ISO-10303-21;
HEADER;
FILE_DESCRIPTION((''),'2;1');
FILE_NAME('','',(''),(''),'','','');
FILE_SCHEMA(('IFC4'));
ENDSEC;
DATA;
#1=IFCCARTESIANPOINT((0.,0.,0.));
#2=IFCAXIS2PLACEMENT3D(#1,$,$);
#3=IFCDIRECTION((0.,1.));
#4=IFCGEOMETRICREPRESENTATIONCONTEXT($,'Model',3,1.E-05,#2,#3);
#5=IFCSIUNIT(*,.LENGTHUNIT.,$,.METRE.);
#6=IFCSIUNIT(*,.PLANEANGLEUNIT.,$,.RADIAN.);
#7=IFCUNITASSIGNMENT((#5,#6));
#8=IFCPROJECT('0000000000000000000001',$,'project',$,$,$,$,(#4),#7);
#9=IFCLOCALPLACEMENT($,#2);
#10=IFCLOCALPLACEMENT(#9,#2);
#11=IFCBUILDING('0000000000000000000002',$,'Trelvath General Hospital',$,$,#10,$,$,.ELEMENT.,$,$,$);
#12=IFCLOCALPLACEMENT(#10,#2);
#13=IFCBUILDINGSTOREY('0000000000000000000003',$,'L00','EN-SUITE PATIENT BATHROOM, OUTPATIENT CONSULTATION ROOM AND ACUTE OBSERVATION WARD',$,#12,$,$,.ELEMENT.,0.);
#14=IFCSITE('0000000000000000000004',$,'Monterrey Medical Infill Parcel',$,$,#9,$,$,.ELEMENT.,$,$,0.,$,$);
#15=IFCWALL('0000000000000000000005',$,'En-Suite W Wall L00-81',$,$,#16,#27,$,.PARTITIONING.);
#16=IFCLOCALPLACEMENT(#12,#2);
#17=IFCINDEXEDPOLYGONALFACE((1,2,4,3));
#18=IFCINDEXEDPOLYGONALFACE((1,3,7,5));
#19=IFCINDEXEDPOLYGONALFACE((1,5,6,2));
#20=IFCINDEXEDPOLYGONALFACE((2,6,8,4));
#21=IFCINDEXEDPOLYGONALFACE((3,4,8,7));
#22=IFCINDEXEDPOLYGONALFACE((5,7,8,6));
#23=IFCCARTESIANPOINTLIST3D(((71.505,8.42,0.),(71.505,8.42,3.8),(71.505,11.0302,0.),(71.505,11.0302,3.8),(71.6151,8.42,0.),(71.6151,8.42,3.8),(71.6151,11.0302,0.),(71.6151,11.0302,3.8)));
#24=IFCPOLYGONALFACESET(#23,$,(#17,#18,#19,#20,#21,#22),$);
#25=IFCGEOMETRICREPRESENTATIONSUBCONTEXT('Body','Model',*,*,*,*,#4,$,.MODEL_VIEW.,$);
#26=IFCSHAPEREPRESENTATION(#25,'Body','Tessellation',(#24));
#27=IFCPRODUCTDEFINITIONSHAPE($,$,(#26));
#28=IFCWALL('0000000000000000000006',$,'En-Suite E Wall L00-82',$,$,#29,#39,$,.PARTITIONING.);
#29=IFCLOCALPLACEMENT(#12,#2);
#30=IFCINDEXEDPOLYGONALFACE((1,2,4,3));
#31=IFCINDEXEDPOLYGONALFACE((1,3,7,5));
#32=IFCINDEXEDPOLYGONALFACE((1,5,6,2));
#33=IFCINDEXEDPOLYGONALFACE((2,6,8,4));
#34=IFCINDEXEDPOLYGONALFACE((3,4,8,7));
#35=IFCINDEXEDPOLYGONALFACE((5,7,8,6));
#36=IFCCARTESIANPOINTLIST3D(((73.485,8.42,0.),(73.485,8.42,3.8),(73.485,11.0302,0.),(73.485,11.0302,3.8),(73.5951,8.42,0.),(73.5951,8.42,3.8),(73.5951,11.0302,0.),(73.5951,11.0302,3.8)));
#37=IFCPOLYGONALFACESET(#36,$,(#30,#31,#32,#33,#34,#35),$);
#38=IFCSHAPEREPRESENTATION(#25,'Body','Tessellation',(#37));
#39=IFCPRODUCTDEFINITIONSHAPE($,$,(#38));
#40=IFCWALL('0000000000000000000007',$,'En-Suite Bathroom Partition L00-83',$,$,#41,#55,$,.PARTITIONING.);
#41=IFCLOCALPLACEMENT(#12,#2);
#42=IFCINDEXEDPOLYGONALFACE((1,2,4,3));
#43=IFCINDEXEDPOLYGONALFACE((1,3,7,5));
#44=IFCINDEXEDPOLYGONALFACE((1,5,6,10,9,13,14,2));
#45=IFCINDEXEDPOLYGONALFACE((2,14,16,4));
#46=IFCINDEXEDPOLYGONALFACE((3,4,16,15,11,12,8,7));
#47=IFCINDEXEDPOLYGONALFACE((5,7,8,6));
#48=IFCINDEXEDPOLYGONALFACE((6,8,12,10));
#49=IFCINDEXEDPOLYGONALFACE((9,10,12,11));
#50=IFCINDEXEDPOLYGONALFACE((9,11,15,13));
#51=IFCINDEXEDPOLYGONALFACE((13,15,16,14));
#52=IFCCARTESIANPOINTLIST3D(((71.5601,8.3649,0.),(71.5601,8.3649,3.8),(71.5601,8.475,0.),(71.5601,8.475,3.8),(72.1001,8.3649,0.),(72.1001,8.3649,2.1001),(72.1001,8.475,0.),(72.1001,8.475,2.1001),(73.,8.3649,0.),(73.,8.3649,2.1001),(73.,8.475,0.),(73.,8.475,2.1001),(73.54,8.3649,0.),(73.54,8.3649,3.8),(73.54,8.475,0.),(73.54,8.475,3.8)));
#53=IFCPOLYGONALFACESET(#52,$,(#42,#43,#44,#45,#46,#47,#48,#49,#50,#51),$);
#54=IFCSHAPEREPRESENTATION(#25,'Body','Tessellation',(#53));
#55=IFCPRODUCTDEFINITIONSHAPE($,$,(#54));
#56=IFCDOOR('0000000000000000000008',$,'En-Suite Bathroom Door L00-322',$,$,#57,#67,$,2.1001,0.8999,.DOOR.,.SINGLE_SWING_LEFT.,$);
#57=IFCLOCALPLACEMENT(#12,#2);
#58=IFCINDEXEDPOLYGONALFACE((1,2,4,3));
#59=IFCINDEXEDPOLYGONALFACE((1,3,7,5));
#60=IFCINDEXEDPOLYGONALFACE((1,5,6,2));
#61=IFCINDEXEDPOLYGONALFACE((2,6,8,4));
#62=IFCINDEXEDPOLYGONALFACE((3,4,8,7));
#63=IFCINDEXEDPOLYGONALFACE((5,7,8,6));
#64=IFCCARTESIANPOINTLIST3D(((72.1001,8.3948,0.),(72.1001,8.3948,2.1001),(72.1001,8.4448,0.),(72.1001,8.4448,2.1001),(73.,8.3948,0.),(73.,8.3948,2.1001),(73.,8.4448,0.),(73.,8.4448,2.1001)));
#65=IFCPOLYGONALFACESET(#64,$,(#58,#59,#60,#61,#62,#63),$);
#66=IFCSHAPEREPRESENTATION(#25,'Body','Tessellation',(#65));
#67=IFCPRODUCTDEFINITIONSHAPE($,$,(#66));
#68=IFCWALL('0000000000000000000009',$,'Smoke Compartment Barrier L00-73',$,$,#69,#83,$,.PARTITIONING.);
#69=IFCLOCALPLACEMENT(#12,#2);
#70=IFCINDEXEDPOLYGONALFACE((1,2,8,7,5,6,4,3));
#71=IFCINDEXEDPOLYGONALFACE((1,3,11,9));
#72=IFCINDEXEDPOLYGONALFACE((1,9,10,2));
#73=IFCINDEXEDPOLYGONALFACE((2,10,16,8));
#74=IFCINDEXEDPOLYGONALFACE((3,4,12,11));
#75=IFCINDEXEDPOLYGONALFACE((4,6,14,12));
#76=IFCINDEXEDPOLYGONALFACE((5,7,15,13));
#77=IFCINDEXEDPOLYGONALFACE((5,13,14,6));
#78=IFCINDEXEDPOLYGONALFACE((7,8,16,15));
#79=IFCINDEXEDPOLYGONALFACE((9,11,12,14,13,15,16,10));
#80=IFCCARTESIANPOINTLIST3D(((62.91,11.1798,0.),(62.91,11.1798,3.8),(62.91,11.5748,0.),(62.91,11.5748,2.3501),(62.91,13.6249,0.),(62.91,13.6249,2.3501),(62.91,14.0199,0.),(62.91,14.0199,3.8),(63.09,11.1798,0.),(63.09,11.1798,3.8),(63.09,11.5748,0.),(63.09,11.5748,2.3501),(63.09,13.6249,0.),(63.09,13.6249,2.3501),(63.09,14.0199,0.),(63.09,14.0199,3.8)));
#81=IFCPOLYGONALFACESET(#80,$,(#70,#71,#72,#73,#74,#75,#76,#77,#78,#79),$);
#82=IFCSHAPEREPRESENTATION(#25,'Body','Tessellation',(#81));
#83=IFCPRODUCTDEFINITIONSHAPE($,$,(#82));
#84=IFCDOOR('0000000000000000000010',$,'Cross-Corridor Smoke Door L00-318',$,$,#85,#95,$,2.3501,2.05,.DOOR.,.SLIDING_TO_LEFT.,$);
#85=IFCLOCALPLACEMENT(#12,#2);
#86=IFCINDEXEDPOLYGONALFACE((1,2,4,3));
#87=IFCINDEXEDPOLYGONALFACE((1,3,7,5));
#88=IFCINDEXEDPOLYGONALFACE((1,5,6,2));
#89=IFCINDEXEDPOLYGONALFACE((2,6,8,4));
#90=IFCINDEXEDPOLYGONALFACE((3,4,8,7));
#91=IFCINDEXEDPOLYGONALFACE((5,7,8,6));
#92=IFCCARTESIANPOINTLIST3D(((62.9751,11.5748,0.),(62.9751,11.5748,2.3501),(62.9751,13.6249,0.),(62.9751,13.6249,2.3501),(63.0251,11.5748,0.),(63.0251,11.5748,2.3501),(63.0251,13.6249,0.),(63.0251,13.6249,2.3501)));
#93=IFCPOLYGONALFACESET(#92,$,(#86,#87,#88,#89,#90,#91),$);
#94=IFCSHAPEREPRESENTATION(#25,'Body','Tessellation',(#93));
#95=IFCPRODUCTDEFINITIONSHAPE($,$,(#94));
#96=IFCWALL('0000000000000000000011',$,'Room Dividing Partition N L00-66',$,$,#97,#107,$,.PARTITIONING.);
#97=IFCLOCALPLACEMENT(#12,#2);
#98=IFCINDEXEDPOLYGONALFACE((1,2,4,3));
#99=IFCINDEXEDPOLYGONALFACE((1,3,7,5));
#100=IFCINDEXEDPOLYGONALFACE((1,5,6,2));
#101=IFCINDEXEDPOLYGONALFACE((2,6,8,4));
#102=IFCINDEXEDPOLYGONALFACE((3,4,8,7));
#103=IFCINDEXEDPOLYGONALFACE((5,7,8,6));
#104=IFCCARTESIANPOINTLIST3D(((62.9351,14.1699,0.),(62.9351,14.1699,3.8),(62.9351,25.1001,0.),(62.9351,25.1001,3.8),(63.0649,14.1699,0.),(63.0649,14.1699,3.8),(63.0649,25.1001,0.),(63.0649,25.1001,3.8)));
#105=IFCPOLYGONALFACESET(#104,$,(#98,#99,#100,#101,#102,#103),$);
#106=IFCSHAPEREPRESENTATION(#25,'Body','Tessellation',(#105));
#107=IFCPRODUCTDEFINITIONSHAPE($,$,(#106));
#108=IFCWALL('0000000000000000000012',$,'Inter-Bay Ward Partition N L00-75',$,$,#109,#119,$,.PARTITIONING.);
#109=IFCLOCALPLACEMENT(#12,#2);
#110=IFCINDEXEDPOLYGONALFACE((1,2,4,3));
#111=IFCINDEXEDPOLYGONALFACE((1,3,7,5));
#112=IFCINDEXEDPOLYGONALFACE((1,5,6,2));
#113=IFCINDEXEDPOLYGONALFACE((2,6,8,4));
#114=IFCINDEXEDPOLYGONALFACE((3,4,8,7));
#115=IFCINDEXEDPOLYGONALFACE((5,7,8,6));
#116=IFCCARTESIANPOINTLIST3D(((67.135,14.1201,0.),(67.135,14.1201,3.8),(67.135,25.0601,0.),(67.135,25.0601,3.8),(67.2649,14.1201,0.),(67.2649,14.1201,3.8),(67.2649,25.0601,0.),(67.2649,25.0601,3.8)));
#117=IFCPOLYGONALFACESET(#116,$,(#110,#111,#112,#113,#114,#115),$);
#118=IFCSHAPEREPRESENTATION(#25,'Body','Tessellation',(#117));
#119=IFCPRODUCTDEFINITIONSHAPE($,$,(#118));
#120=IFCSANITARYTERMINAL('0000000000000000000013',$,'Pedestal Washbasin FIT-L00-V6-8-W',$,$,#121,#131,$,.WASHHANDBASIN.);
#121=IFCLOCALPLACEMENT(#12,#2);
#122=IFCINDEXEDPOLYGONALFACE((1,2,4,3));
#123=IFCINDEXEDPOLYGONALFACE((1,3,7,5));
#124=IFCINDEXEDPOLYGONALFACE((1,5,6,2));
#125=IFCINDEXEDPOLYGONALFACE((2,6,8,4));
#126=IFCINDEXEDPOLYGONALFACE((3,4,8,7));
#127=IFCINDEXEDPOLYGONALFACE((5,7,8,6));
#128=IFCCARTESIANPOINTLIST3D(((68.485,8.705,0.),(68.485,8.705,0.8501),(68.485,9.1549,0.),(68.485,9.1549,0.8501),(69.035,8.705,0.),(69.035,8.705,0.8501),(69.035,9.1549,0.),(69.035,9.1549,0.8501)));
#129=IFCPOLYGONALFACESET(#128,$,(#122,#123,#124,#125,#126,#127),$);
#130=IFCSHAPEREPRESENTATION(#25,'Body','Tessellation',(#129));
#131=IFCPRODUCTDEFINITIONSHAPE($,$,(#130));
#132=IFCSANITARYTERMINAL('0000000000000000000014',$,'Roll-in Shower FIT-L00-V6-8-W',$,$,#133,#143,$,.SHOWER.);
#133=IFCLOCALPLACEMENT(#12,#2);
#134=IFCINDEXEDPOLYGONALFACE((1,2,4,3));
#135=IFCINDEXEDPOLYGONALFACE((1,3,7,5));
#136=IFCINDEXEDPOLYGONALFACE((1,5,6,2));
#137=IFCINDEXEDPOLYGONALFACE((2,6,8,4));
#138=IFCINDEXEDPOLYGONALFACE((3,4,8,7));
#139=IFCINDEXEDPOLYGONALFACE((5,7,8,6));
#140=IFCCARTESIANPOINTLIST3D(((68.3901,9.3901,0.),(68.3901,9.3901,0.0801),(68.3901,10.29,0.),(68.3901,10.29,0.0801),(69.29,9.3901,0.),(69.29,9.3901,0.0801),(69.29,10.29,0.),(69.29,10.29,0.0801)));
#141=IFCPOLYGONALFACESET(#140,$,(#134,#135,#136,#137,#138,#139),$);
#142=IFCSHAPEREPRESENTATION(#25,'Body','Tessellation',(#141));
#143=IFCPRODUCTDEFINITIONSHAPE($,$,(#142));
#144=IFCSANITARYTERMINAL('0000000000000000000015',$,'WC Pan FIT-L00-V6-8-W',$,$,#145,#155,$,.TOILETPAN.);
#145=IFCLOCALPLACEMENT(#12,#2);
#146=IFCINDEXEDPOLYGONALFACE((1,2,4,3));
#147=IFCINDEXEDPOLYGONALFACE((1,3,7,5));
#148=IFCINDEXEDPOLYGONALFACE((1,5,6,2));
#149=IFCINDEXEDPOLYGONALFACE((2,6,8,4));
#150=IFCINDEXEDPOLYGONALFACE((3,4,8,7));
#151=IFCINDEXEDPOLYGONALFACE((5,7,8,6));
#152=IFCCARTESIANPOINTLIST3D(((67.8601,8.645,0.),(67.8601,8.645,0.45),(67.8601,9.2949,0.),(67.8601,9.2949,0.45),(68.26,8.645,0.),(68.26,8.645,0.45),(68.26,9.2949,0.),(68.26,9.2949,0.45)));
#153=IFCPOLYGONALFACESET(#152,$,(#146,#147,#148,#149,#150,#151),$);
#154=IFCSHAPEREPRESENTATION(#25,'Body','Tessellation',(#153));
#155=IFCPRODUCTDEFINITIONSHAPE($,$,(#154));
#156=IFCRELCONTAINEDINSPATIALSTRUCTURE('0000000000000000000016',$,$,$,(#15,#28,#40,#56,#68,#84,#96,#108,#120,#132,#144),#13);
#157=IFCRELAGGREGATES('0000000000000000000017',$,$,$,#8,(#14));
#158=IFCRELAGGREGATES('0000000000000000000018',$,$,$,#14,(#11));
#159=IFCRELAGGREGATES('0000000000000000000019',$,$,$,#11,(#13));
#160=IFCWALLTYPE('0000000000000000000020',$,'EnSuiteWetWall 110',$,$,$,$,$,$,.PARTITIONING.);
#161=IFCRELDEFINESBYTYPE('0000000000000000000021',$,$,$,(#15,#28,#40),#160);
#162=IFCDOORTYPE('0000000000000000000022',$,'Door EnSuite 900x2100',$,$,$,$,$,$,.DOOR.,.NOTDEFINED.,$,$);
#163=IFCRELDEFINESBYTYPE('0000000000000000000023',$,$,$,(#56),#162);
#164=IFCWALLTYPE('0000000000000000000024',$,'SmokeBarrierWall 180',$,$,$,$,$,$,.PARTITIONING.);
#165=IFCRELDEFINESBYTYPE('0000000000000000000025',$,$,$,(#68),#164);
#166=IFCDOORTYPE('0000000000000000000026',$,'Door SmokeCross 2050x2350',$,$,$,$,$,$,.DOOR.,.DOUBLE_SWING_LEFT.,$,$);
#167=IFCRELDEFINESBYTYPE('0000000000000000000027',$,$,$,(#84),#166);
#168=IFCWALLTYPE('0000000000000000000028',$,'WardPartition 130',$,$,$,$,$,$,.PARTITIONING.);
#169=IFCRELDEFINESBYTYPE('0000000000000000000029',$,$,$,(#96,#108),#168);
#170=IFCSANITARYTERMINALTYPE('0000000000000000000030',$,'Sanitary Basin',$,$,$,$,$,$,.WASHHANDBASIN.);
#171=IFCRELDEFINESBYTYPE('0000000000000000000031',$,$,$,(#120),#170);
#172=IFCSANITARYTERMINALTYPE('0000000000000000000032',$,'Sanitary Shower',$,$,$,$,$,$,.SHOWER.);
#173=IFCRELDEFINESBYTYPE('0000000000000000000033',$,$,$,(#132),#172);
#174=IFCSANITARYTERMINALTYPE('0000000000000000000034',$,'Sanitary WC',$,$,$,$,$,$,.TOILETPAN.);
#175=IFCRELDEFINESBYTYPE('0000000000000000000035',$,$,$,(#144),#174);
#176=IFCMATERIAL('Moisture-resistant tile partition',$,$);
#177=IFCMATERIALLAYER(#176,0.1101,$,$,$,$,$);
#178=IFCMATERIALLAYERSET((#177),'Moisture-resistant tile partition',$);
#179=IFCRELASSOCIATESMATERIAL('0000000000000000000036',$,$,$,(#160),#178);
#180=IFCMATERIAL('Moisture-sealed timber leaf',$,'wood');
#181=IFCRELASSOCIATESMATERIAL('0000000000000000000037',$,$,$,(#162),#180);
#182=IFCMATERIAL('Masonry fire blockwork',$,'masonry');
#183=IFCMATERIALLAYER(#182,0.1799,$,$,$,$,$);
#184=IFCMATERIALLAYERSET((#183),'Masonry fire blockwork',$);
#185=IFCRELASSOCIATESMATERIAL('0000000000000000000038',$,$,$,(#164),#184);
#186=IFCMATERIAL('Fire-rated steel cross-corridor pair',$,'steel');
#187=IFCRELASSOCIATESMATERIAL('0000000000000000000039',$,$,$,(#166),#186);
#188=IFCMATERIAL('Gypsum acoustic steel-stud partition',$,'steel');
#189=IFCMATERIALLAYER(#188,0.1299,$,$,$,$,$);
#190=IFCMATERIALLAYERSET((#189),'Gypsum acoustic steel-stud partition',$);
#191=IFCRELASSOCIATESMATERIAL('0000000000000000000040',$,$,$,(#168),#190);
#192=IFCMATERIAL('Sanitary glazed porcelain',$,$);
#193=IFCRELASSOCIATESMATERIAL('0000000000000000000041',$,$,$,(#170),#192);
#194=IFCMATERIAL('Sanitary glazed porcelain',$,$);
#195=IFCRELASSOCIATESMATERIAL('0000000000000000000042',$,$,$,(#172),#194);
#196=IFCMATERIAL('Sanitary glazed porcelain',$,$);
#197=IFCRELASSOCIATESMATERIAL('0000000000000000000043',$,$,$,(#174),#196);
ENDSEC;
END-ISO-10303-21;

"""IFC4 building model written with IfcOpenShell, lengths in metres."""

from ifc_helpers import new_model, si_unit, direction, frame, frame_2d, origin, origin_2d, place, context, subcontext, project, spatial, rectangle, extrude, material, layer, layer_set, type_object, element, fill, save


model = new_model("IFC4")

# Units and contexts
model_context = context("Model", 3, precision=1e-05, world=origin(), true_north=direction((0.0, 1.0)))
body_context = subcontext(model_context, "Body", "Model", "MODEL_VIEW")
ifc_project = project(units=[si_unit("LENGTHUNIT", "METRE"), si_unit("PLANEANGLEUNIT", "RADIAN")], contexts=[model_context])

# Site, building, storey
site_placement = place(None, origin())
site = spatial("IfcSite", under=ifc_project, at=site_placement, Name="Monterrey Medical Infill Parcel", CompositionType="ELEMENT", RefElevation=0.0)
building_placement = place(site_placement, origin())
building = spatial("IfcBuilding", under=site, at=building_placement, Name="Trelvath General Hospital", CompositionType="ELEMENT")
storey_placement = place(building_placement, origin())
storey = spatial("IfcBuildingStorey", under=building, at=storey_placement, Name="L00", Description="EN-SUITE PATIENT BATHROOM, OUTPATIENT CONSULTATION ROOM AND ACUTE OBSERVATION WARD", CompositionType="ELEMENT", Elevation=0.0)

# Shared definitions
ifc_material_1 = material(Name="Moisture-resistant tile partition")
ifc_layer_1 = layer(ifc_material_1, 0.1101)
ifc_layer_set_1 = layer_set([ifc_layer_1], Name="Moisture-resistant tile partition")
wall_type_1 = type_object("IfcWallType", Name="EnSuiteWetWall 110", PredefinedType="PARTITIONING", material=ifc_layer_set_1)

# Shared definitions
ifc_material_2 = material(Name="Moisture-sealed timber leaf", Category="wood")
door_type_1 = type_object("IfcDoorType", Name="Door EnSuite 900x2100", OperationType="NOTDEFINED", PredefinedType="DOOR", material=ifc_material_2)

# Walls
for number, where, z_axis, x_axis, name in (
    (1, (71.5601, 8.4199, 0.0), (0.0, 0.0, 1.0), (0.0, 1.0, 0.0), "En-Suite W Wall L00-81"),
    (2, (73.54, 8.4199, 0.0), (0.0, 0.0, 1.0), (0.0, 1.0, 0.0), "En-Suite E Wall L00-82"),
):
    element("IfcWall", number, at=place(storey_placement, frame(where, z_axis=z_axis, x_axis=x_axis)), inside=storey, type_object=wall_type_1, Name=name, PredefinedType="PARTITIONING", context=body_context, shape_type="SweptSolid", body=[
        extrude(rectangle(XDim=2.6101, YDim=0.1101, at=frame_2d((1.3052, 0.0))), origin(), (0.0, 0.0, 1.0), 3.8),
    ])

# Walls, openings, doors
wall_1_placement = place(storey_placement, frame((71.5601, 8.4199, 0.0), z_axis=(0.0, 0.0, 1.0), x_axis=(1.0, 0.0, 0.0)))
wall_1 = element("IfcWall", 3, at=wall_1_placement, inside=storey, type_object=wall_type_1, Name="En-Suite Bathroom Partition L00-83", PredefinedType="PARTITIONING", context=body_context, shape_type="SweptSolid", body=[
    extrude(rectangle(XDim=1.98, YDim=0.1101, at=frame_2d((0.99, 0.0))), origin(), (0.0, 0.0, 1.0), 3.8),
])
opening_1_placement = place(wall_1_placement, frame((0.54, 0.0, 0.0)))
opening_1 = element("IfcOpeningElement", 4, at=opening_1_placement, cuts=wall_1, PredefinedType="OPENING", context=body_context, shape_type="SweptSolid", body=[
    extrude(rectangle(XDim=0.8999, YDim=2.1001, at=frame_2d((0.45, 1.05))), frame((0.0, 0.0649, 0.0), z_axis=(0.0, -1.0, 0.0), x_axis=(1.0, 0.0, 0.0)), (0.0, 0.0, 1.0), 0.1301),
])
door_1_placement = place(opening_1_placement, origin())
door_1 = element("IfcDoor", 5, at=door_1_placement, inside=storey, type_object=door_type_1, Name="En-Suite Bathroom Door L00-322", OperationType="SINGLE_SWING_LEFT", OverallHeight=2.1001, OverallWidth=0.8999, PredefinedType="DOOR", context=body_context, shape_type="SweptSolid", body=[
    extrude(rectangle(XDim=0.8999, YDim=2.1001, at=frame_2d((0.45, 1.05))), frame((0.0, 0.0249, 0.0), z_axis=(0.0, -1.0, 0.0), x_axis=(1.0, 0.0, 0.0)), (0.0, 0.0, 1.0), 0.05),
])
fill(opening_1, door_1)
ifc_material_3 = material(Name="Masonry fire blockwork", Category="masonry")
ifc_layer_2 = layer(ifc_material_3, 0.1799)
ifc_layer_set_2 = layer_set([ifc_layer_2], Name="Masonry fire blockwork")
wall_type_2 = type_object("IfcWallType", Name="SmokeBarrierWall 180", PredefinedType="PARTITIONING", material=ifc_layer_set_2)
wall_2_placement = place(storey_placement, frame((63.0, 11.1799, 0.0), z_axis=(0.0, 0.0, 1.0), x_axis=(0.0, 1.0, 0.0)))
wall_2 = element("IfcWall", 6, at=wall_2_placement, inside=storey, type_object=wall_type_2, Name="Smoke Compartment Barrier L00-73", PredefinedType="PARTITIONING", context=body_context, shape_type="SweptSolid", body=[
    extrude(rectangle(XDim=2.8401, YDim=0.1799, at=frame_2d((1.4199, 0.0))), origin(), (0.0, 0.0, 1.0), 3.8),
])
opening_2_placement = place(wall_2_placement, frame((0.395, 0.0, 0.0)))
opening_2 = element("IfcOpeningElement", 7, at=opening_2_placement, cuts=wall_2, PredefinedType="OPENING", context=body_context, shape_type="SweptSolid", body=[
    extrude(rectangle(XDim=2.05, YDim=2.3501, at=frame_2d((1.0249, 1.175))), frame((0.0, 0.0999, 0.0), z_axis=(0.0, -1.0, 0.0), x_axis=(1.0, 0.0, 0.0)), (0.0, 0.0, 1.0), 0.2),
])
ifc_material_4 = material(Name="Fire-rated steel cross-corridor pair", Category="steel")
door_type_2 = type_object("IfcDoorType", Name="Door SmokeCross 2050x2350", OperationType="DOUBLE_SWING_LEFT", PredefinedType="DOOR", material=ifc_material_4)
door_2_placement = place(opening_2_placement, origin())
door_2 = element("IfcDoor", 8, at=door_2_placement, inside=storey, type_object=door_type_2, Name="Cross-Corridor Smoke Door L00-318", OperationType="SLIDING_TO_LEFT", OverallHeight=2.3501, OverallWidth=2.05, PredefinedType="DOOR", context=body_context, shape_type="SweptSolid", body=[
    extrude(rectangle(XDim=2.05, YDim=2.3501, at=frame_2d((1.0249, 1.175))), frame((0.0, 0.0249, 0.0), z_axis=(0.0, -1.0, 0.0), x_axis=(1.0, 0.0, 0.0)), (0.0, 0.0, 1.0), 0.05),
])
fill(opening_2, door_2)

# Walls
ifc_material_5 = material(Name="Gypsum acoustic steel-stud partition", Category="steel")
ifc_layer_3 = layer(ifc_material_5, 0.1299)
ifc_layer_set_3 = layer_set([ifc_layer_3], Name="Gypsum acoustic steel-stud partition")
wall_type_3 = type_object("IfcWallType", Name="WardPartition 130", PredefinedType="PARTITIONING", material=ifc_layer_set_3)
wall_3_placement = place(storey_placement, frame((63.0, 14.1699, 0.0), z_axis=(0.0, 0.0, 1.0), x_axis=(0.0, 1.0, 0.0)))
element("IfcWall", 9, at=wall_3_placement, inside=storey, type_object=wall_type_3, Name="Room Dividing Partition N L00-66", PredefinedType="PARTITIONING", context=body_context, shape_type="SweptSolid", body=[
    extrude(rectangle(XDim=10.9302, YDim=0.1299, at=frame_2d((5.4651, 0.0))), origin(), (0.0, 0.0, 1.0), 3.8),
])
wall_4_placement = place(storey_placement, frame((67.2, 14.1201, 0.0), z_axis=(0.0, 0.0, 1.0), x_axis=(0.0, 1.0, 0.0)))
element("IfcWall", 10, at=wall_4_placement, inside=storey, type_object=wall_type_3, Name="Inter-Bay Ward Partition N L00-75", PredefinedType="PARTITIONING", context=body_context, shape_type="SweptSolid", body=[
    extrude(rectangle(XDim=10.9399, YDim=0.1299, at=frame_2d((5.47, 0.0))), origin(), (0.0, 0.0, 1.0), 3.8),
])

# Sanitary terminals
ifc_material_6 = material(Name="Sanitary glazed porcelain")
sanitary_terminal_type_1 = type_object("IfcSanitaryTerminalType", Name="Sanitary Basin", PredefinedType="WASHHANDBASIN", material=ifc_material_6)
sanitary_terminal_1_placement = place(storey_placement, frame((68.76, 8.9299, 0.0), z_axis=(0.0, 0.0, 1.0), x_axis=(1.0, 0.0, 0.0)))
element("IfcSanitaryTerminal", 11, at=sanitary_terminal_1_placement, inside=storey, type_object=sanitary_terminal_type_1, Name="Pedestal Washbasin FIT-L00-V6-8-W", PredefinedType="WASHHANDBASIN", context=body_context, shape_type="SweptSolid", body=[
    extrude(rectangle(XDim=0.55, YDim=0.45, at=origin_2d()), origin(), (0.0, 0.0, 1.0), 0.8501),
])
ifc_material_7 = material(Name="Sanitary glazed porcelain")
sanitary_terminal_type_2 = type_object("IfcSanitaryTerminalType", Name="Sanitary Shower", PredefinedType="SHOWER", material=ifc_material_7)
sanitary_terminal_2_placement = place(storey_placement, frame((68.8401, 9.8401, 0.0), z_axis=(0.0, 0.0, 1.0), x_axis=(1.0, 0.0, 0.0)))
element("IfcSanitaryTerminal", 12, at=sanitary_terminal_2_placement, inside=storey, type_object=sanitary_terminal_type_2, Name="Roll-in Shower FIT-L00-V6-8-W", PredefinedType="SHOWER", context=body_context, shape_type="SweptSolid", body=[
    extrude(rectangle(XDim=0.8999, YDim=0.8999, at=origin_2d()), origin(), (0.0, 0.0, 1.0), 0.0801),
])
ifc_material_8 = material(Name="Sanitary glazed porcelain")
sanitary_terminal_type_3 = type_object("IfcSanitaryTerminalType", Name="Sanitary WC", PredefinedType="TOILETPAN", material=ifc_material_8)
sanitary_terminal_3_placement = place(storey_placement, frame((68.0601, 8.97, 0.0), z_axis=(0.0, 0.0, 1.0), x_axis=(1.0, 0.0, 0.0)))
element("IfcSanitaryTerminal", 13, at=sanitary_terminal_3_placement, inside=storey, type_object=sanitary_terminal_type_3, Name="WC Pan FIT-L00-V6-8-W", PredefinedType="TOILETPAN", context=body_context, shape_type="SweptSolid", body=[
    extrude(rectangle(XDim=0.3999, YDim=0.6499, at=origin_2d()), origin(), (0.0, 0.0, 1.0), 0.45),
])

save(model, "model.ifc")
